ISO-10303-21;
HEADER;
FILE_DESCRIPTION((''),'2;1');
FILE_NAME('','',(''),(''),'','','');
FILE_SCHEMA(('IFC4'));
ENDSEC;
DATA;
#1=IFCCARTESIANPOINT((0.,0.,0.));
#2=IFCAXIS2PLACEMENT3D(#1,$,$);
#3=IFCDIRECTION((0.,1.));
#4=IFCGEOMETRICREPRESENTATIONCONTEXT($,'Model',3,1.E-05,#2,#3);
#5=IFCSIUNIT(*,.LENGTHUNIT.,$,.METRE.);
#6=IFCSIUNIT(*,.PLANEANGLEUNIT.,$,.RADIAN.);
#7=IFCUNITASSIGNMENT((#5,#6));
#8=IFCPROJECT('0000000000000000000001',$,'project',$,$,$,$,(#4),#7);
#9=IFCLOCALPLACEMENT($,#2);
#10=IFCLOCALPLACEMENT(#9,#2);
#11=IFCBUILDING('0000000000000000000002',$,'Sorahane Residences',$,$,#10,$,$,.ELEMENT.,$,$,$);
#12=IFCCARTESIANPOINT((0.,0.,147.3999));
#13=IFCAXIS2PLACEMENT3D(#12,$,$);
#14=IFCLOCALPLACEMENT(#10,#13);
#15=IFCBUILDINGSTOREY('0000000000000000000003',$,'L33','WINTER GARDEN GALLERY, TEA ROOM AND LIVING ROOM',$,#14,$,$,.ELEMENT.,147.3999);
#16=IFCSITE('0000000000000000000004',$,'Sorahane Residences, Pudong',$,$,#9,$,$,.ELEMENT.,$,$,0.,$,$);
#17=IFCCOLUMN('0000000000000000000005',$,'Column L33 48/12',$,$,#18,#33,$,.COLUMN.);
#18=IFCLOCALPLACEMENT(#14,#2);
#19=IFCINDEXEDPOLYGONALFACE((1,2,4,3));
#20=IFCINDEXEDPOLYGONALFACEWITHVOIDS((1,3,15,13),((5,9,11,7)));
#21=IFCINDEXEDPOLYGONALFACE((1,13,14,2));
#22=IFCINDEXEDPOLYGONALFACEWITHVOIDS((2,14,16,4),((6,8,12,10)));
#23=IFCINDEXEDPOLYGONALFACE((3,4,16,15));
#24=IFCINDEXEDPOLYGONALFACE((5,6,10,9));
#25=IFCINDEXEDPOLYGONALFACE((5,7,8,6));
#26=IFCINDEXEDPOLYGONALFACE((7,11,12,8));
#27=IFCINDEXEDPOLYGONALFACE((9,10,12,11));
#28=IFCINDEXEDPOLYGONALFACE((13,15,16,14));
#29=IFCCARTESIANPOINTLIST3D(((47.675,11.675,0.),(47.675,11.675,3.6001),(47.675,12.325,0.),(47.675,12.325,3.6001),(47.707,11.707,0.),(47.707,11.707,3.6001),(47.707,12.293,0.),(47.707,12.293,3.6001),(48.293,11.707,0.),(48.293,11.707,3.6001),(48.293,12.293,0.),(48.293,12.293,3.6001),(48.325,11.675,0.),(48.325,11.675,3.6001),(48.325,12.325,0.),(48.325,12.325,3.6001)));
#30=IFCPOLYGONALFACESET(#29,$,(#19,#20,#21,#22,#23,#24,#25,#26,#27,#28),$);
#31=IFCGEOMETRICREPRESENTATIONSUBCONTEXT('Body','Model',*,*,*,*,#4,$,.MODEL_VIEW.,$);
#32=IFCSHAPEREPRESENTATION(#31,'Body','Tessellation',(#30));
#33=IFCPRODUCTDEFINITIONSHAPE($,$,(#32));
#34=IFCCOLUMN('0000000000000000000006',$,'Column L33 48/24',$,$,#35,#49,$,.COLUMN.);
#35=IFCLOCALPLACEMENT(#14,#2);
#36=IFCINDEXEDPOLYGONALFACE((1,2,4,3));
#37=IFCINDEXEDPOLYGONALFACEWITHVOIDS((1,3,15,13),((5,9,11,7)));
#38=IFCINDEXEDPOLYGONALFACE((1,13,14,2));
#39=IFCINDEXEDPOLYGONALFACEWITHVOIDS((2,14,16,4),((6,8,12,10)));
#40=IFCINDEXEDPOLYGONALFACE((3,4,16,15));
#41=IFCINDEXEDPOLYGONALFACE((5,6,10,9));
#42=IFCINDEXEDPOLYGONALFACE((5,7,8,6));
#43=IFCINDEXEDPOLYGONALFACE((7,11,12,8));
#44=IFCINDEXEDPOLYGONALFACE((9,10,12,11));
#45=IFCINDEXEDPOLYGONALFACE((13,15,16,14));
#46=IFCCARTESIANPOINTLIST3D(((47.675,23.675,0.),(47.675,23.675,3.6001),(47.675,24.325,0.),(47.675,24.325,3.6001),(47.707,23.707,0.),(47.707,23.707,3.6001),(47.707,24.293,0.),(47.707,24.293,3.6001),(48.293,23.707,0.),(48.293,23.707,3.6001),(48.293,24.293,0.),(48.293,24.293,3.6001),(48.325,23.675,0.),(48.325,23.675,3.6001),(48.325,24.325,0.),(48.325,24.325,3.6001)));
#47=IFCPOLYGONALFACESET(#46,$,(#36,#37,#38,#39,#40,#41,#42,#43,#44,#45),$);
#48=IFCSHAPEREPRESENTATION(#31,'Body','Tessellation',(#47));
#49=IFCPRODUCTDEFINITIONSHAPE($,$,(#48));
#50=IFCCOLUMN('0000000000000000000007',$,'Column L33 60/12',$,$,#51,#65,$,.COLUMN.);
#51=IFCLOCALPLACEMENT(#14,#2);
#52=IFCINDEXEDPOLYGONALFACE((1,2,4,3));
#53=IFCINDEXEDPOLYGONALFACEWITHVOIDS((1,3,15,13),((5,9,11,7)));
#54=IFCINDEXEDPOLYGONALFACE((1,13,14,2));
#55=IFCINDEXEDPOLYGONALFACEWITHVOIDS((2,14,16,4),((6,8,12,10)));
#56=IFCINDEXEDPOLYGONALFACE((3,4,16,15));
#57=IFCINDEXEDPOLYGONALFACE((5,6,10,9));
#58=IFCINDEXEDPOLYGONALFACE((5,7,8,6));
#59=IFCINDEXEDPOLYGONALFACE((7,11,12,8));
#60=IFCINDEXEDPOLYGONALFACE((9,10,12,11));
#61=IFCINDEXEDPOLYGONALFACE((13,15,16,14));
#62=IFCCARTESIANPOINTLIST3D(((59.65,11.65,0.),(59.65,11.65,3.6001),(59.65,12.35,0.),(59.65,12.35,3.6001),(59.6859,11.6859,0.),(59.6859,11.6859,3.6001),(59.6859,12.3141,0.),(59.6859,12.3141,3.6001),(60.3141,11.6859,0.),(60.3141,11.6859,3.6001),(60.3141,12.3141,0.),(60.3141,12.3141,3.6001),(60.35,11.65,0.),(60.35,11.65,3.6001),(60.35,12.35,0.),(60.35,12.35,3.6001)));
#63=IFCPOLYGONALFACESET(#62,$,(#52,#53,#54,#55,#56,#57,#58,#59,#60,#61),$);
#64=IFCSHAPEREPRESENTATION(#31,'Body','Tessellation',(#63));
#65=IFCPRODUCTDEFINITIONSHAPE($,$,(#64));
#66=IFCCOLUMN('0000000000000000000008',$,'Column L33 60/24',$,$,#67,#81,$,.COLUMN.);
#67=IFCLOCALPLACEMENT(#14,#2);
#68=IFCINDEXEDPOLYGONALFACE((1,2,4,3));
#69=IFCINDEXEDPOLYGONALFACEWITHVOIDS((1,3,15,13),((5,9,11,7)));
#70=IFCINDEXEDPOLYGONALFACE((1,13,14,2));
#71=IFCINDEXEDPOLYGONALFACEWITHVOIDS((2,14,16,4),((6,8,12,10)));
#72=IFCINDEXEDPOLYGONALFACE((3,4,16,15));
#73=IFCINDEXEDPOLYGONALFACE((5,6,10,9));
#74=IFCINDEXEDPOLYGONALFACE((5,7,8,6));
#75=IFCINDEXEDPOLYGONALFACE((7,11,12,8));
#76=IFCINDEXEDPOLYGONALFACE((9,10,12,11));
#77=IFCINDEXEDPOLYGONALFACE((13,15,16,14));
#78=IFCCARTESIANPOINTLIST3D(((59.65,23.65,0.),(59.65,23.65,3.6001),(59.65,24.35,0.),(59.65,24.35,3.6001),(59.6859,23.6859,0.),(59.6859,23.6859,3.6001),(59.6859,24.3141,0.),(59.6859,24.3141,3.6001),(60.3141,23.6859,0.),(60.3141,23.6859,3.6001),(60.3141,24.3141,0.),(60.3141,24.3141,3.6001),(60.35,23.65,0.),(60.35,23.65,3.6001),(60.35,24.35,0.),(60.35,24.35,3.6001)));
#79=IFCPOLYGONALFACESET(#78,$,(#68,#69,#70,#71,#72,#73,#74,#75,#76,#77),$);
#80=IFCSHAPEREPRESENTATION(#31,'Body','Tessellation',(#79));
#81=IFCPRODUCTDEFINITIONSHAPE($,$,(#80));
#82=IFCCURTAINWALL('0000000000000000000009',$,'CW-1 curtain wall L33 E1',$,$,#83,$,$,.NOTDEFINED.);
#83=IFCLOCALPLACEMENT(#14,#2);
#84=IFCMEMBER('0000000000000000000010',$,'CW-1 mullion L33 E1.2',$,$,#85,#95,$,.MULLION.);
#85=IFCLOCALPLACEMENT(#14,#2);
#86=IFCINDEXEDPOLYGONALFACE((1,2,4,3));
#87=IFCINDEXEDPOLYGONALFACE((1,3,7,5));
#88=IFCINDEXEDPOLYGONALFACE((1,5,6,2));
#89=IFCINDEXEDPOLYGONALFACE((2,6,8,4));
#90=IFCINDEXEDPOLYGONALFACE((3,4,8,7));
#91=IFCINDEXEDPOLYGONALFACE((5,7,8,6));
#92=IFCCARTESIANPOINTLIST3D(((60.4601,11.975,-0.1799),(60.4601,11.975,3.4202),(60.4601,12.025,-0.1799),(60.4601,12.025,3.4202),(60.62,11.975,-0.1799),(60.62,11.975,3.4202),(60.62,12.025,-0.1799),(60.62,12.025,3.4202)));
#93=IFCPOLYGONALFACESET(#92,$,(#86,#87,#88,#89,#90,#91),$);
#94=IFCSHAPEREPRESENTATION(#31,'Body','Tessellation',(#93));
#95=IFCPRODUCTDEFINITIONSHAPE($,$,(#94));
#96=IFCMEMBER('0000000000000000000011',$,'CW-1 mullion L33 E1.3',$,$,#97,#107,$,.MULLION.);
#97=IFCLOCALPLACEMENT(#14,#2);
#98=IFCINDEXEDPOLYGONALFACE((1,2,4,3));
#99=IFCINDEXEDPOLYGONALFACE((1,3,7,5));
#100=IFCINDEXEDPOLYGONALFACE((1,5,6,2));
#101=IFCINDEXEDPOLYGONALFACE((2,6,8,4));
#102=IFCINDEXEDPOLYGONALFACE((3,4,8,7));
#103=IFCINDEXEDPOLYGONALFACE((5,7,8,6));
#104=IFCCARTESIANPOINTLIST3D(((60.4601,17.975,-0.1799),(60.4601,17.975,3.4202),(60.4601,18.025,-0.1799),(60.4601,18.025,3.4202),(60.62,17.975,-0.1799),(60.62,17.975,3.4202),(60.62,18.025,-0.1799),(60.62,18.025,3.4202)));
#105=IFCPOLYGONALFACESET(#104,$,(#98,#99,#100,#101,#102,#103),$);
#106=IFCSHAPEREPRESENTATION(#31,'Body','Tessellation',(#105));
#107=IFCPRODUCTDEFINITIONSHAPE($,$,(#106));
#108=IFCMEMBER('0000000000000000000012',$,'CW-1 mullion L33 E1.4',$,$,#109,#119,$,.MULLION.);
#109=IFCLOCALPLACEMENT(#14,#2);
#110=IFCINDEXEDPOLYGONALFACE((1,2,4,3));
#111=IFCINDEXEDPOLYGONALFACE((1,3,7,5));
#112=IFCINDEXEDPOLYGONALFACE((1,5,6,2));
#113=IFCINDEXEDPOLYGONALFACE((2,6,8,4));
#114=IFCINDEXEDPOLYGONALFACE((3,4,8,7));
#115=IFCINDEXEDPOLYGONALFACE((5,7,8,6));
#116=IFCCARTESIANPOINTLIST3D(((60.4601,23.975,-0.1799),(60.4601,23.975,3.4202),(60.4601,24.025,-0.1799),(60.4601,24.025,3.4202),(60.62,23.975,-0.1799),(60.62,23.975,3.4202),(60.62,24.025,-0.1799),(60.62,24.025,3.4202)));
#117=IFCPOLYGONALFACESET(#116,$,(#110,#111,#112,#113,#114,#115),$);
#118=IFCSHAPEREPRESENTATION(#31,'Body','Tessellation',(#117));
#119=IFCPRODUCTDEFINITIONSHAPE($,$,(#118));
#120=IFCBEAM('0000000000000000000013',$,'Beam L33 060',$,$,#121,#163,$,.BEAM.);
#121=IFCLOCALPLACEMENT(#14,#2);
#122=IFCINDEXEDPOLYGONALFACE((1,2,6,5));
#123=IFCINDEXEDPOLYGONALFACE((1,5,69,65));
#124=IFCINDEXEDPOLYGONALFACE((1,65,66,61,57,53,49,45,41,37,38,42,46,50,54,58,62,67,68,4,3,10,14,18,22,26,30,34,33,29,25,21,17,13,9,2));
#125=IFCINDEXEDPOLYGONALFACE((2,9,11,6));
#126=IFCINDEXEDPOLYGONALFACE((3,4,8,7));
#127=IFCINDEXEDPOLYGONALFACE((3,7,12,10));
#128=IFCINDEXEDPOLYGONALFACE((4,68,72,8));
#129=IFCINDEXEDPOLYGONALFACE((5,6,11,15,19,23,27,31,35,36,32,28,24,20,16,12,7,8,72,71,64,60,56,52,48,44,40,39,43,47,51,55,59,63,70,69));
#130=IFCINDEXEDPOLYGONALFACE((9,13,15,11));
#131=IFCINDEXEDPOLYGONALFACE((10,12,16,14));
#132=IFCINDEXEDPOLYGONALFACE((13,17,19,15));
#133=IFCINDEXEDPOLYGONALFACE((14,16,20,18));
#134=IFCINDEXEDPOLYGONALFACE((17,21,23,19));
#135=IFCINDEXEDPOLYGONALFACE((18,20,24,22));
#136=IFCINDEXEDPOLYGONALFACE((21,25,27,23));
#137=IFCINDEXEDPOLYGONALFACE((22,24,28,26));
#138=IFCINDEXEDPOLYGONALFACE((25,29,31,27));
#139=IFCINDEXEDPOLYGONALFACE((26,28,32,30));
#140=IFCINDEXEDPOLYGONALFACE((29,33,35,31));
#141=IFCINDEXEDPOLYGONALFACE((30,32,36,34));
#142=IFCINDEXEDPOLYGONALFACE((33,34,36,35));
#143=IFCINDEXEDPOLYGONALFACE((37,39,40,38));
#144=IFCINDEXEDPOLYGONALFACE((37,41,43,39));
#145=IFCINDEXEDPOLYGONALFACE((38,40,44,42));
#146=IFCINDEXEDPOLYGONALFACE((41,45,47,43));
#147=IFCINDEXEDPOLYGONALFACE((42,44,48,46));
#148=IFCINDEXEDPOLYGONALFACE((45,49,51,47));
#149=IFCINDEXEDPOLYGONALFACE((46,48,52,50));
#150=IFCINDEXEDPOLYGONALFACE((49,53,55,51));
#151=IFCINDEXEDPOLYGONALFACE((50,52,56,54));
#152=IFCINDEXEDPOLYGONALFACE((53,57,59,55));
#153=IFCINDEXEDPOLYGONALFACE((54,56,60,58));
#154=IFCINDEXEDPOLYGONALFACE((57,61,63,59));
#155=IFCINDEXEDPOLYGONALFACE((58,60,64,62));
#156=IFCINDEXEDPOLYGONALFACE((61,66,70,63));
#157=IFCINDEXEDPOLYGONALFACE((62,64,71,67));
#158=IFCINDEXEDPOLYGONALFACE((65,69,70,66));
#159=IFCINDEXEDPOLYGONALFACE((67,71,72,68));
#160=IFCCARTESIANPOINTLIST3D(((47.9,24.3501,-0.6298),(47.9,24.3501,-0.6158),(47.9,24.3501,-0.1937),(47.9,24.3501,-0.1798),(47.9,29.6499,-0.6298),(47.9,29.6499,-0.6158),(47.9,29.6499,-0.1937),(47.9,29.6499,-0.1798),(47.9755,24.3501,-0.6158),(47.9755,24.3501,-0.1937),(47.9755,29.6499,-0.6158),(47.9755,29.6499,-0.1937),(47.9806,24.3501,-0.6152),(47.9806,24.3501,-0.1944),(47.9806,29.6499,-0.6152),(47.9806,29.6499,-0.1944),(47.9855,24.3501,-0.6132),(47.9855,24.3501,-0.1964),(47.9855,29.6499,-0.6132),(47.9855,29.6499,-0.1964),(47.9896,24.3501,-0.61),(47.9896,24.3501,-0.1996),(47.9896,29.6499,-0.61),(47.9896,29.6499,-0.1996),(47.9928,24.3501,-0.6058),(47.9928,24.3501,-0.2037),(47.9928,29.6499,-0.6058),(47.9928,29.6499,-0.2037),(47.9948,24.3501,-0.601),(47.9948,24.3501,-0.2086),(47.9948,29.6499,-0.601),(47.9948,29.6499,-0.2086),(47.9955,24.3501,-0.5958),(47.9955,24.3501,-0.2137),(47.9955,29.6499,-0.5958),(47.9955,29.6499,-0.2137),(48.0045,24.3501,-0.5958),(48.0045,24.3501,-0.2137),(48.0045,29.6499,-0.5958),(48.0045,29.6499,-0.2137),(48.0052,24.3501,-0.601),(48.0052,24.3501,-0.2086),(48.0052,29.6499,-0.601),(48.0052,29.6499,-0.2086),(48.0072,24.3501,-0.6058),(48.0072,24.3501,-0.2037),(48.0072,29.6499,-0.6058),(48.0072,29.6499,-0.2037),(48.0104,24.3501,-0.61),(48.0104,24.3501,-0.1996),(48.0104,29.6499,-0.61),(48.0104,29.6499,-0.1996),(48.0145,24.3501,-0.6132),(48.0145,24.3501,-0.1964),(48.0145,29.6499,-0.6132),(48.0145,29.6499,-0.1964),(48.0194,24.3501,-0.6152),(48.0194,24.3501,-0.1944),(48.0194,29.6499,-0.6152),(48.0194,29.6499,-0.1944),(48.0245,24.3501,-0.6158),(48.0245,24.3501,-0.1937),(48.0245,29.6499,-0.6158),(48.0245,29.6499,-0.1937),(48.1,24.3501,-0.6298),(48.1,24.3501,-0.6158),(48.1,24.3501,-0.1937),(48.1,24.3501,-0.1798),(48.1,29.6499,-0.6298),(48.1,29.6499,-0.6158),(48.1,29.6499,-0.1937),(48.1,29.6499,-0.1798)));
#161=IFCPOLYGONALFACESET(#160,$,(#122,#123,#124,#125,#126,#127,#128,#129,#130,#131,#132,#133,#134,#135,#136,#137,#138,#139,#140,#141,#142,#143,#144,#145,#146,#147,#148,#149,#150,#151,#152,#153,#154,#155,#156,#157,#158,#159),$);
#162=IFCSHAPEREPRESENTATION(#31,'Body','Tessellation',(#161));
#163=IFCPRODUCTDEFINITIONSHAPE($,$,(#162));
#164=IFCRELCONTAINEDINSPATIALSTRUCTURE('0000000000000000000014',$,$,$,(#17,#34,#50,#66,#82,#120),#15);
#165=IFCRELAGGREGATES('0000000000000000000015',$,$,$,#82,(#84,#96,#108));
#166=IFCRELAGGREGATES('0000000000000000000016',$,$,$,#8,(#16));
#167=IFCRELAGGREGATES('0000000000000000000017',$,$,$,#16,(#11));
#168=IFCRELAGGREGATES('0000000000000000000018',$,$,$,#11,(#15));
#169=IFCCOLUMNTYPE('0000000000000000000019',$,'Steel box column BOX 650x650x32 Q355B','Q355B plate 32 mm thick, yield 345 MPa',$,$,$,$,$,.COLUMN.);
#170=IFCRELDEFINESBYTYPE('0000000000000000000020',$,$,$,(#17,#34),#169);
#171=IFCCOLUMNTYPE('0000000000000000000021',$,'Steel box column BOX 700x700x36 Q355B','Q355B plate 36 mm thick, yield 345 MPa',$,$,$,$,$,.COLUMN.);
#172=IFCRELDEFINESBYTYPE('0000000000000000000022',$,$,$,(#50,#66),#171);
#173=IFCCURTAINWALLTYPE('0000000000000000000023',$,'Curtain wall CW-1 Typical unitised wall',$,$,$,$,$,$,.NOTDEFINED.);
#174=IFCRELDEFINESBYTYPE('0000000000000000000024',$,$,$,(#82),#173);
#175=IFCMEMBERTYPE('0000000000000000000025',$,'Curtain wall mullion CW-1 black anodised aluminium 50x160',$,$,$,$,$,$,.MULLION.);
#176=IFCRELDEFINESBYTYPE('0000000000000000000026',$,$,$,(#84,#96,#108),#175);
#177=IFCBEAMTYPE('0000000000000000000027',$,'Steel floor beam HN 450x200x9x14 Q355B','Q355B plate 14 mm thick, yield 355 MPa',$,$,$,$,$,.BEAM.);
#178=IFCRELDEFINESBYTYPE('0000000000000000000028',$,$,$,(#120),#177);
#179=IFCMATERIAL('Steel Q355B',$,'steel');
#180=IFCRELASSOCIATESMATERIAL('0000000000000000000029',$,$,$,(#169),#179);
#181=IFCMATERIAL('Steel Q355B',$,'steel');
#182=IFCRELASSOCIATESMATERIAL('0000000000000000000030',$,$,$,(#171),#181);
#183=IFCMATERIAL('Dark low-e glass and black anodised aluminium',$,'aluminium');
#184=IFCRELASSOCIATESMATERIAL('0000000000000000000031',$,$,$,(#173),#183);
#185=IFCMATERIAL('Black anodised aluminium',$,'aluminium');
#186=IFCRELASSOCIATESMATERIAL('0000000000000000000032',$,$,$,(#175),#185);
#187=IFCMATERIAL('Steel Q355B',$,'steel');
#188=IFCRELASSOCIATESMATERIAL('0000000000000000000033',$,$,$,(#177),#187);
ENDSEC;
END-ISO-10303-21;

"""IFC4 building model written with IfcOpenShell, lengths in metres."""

from ifc_helpers import new_model, si_unit, direction, frame, origin, origin_2d, place, context, subcontext, project, spatial, rectangle, hollow_rectangle, i_section, extrude, material, material_profile, profile_set, type_object, element, aggregate, save


model = new_model("IFC4")

# Units and contexts
model_context = context("Model", 3, precision=1e-05, world=origin(), true_north=direction((0.0, 1.0)))
body_context = subcontext(model_context, "Body", "Model", "MODEL_VIEW")
ifc_project = project(units=[si_unit("LENGTHUNIT", "METRE"), si_unit("PLANEANGLEUNIT", "RADIAN")], contexts=[model_context])

# Site, building, storey
site_placement = place(None, origin())
site = spatial("IfcSite", under=ifc_project, at=site_placement, Name="Sorahane Residences, Pudong", CompositionType="ELEMENT", RefElevation=0.0)
building_placement = place(site_placement, origin())
building = spatial("IfcBuilding", under=site, at=building_placement, Name="Sorahane Residences", CompositionType="ELEMENT")
storey_placement = place(building_placement, frame((0.0, 0.0, 147.3999)))
storey = spatial("IfcBuildingStorey", under=building, at=storey_placement, Name="L33", Description="WINTER GARDEN GALLERY, TEA ROOM AND LIVING ROOM", CompositionType="ELEMENT", Elevation=147.3999)

# Columns
ifc_material_1 = material(Name="Steel Q355B", Category="steel")
ifc_material_profile_1 = material_profile(ifc_material_1, hollow_rectangle(XDim=0.6499, YDim=0.6499, WallThickness=0.032, at=origin_2d()), Name="BOX 650x650x32")
ifc_profile_set_1 = profile_set([ifc_material_profile_1], Name="Steel Q355B")
column_type_1 = type_object("IfcColumnType", Name="Steel box column BOX 650x650x32 Q355B", Description="Q355B plate 32 mm thick, yield 345 MPa", PredefinedType="COLUMN", material=ifc_profile_set_1)
for number, where, z_axis, x_axis, name in (
    (1, (48.0, 12.0, 0.0), (0.0, 0.0, 1.0), (1.0, 0.0, 0.0), "Column L33 48/12"),
    (2, (48.0, 24.0, 0.0), (0.0, 0.0, 1.0), (1.0, 0.0, 0.0), "Column L33 48/24"),
):
    element("IfcColumn", number, at=place(storey_placement, frame(where, z_axis=z_axis, x_axis=x_axis)), inside=storey, type_object=column_type_1, Name=name, PredefinedType="COLUMN", context=body_context, shape_type="SweptSolid", body=[
        extrude(hollow_rectangle(XDim=0.6499, YDim=0.6499, WallThickness=0.032, at=origin_2d()), origin(), (0.0, 0.0, 1.0), 3.6001),
    ])
ifc_material_2 = material(Name="Steel Q355B", Category="steel")
ifc_material_profile_2 = material_profile(ifc_material_2, hollow_rectangle(XDim=0.7, YDim=0.7, WallThickness=0.0359, at=origin_2d()), Name="BOX 700x700x36")
ifc_profile_set_2 = profile_set([ifc_material_profile_2], Name="Steel Q355B")
column_type_2 = type_object("IfcColumnType", Name="Steel box column BOX 700x700x36 Q355B", Description="Q355B plate 36 mm thick, yield 345 MPa", PredefinedType="COLUMN", material=ifc_profile_set_2)
for number, where, z_axis, x_axis, name in (
    (3, (60.0, 12.0, 0.0), (0.0, 0.0, 1.0), (1.0, 0.0, 0.0), "Column L33 60/12"),
    (4, (60.0, 24.0, 0.0), (0.0, 0.0, 1.0), (1.0, 0.0, 0.0), "Column L33 60/24"),
):
    element("IfcColumn", number, at=place(storey_placement, frame(where, z_axis=z_axis, x_axis=x_axis)), inside=storey, type_object=column_type_2, Name=name, PredefinedType="COLUMN", context=body_context, shape_type="SweptSolid", body=[
        extrude(hollow_rectangle(XDim=0.7, YDim=0.7, WallThickness=0.0359, at=origin_2d()), origin(), (0.0, 0.0, 1.0), 3.6001),
    ])

# Curtain wall, members
ifc_material_3 = material(Name="Dark low-e glass and black anodised aluminium", Category="aluminium")
curtain_wall_type = type_object("IfcCurtainWallType", Name="Curtain wall CW-1 Typical unitised wall", PredefinedType="NOTDEFINED", material=ifc_material_3)
curtain_wall_placement = place(storey_placement, origin())
curtain_wall = element("IfcCurtainWall", 5, at=curtain_wall_placement, inside=storey, type_object=curtain_wall_type, Name="CW-1 curtain wall L33 E1", PredefinedType="NOTDEFINED")
ifc_material_4 = material(Name="Black anodised aluminium", Category="aluminium")
ifc_material_profile_3 = material_profile(ifc_material_4, rectangle(XDim=0.1599, YDim=0.05, at=origin_2d()), Name="Curtain wall mullion CW-1 black anodised aluminium 50x160")
ifc_profile_set_3 = profile_set([ifc_material_profile_3], Name="Black anodised aluminium")
member_type = type_object("IfcMemberType", Name="Curtain wall mullion CW-1 black anodised aluminium 50x160", PredefinedType="MULLION", material=ifc_profile_set_3)
member_1_placement = place(storey_placement, frame((60.54, 12.0, -0.1799), z_axis=(0.0, 0.0, 1.0), x_axis=(1.0, 0.0, 0.0)))
member_1 = element("IfcMember", 6, at=member_1_placement, type_object=member_type, Name="CW-1 mullion L33 E1.2", PredefinedType="MULLION", context=body_context, shape_type="SweptSolid", body=[
    extrude(rectangle(XDim=0.1599, YDim=0.05, at=origin_2d()), origin(), (0.0, 0.0, 1.0), 3.6001),
])
member_2_placement = place(storey_placement, frame((60.54, 18.0, -0.1799), z_axis=(0.0, 0.0, 1.0), x_axis=(1.0, 0.0, 0.0)))
member_2 = element("IfcMember", 7, at=member_2_placement, type_object=member_type, Name="CW-1 mullion L33 E1.3", PredefinedType="MULLION", context=body_context, shape_type="SweptSolid", body=[
    extrude(rectangle(XDim=0.1599, YDim=0.05, at=origin_2d()), origin(), (0.0, 0.0, 1.0), 3.6001),
])
member_3_placement = place(storey_placement, frame((60.54, 24.0, -0.1799), z_axis=(0.0, 0.0, 1.0), x_axis=(1.0, 0.0, 0.0)))
member_3 = element("IfcMember", 8, at=member_3_placement, type_object=member_type, Name="CW-1 mullion L33 E1.4", PredefinedType="MULLION", context=body_context, shape_type="SweptSolid", body=[
    extrude(rectangle(XDim=0.1599, YDim=0.05, at=origin_2d()), origin(), (0.0, 0.0, 1.0), 3.6001),
])

# Beam
ifc_material_5 = material(Name="Steel Q355B", Category="steel")
ifc_material_profile_4 = material_profile(ifc_material_5, i_section(OverallWidth=0.2, OverallDepth=0.45, WebThickness=0.009, FlangeThickness=0.0139, FilletRadius=0.02, at=origin_2d()), Name="HN 450x200x9x14")
ifc_profile_set_4 = profile_set([ifc_material_profile_4], Name="Steel Q355B")
beam_type_1 = type_object("IfcBeamType", Name="Steel floor beam HN 450x200x9x14 Q355B", Description="Q355B plate 14 mm thick, yield 355 MPa", PredefinedType="BEAM", material=ifc_profile_set_4)
beam_1_placement = place(storey_placement, frame((48.0, 24.3501, -0.4048), z_axis=(0.0, 1.0, 0.0), x_axis=(-1.0, 0.0, 0.0)))
element("IfcBeam", 9, at=beam_1_placement, inside=storey, type_object=beam_type_1, Name="Beam L33 060", PredefinedType="BEAM", context=body_context, shape_type="SweptSolid", body=[
    extrude(i_section(OverallWidth=0.2, OverallDepth=0.45, WebThickness=0.009, FlangeThickness=0.0139, FilletRadius=0.02, at=origin_2d()), origin(), (0.0, 0.0, 1.0), 5.2998),
])

aggregate(curtain_wall, [member_1, member_2, member_3])

save(model, "model.ifc")
